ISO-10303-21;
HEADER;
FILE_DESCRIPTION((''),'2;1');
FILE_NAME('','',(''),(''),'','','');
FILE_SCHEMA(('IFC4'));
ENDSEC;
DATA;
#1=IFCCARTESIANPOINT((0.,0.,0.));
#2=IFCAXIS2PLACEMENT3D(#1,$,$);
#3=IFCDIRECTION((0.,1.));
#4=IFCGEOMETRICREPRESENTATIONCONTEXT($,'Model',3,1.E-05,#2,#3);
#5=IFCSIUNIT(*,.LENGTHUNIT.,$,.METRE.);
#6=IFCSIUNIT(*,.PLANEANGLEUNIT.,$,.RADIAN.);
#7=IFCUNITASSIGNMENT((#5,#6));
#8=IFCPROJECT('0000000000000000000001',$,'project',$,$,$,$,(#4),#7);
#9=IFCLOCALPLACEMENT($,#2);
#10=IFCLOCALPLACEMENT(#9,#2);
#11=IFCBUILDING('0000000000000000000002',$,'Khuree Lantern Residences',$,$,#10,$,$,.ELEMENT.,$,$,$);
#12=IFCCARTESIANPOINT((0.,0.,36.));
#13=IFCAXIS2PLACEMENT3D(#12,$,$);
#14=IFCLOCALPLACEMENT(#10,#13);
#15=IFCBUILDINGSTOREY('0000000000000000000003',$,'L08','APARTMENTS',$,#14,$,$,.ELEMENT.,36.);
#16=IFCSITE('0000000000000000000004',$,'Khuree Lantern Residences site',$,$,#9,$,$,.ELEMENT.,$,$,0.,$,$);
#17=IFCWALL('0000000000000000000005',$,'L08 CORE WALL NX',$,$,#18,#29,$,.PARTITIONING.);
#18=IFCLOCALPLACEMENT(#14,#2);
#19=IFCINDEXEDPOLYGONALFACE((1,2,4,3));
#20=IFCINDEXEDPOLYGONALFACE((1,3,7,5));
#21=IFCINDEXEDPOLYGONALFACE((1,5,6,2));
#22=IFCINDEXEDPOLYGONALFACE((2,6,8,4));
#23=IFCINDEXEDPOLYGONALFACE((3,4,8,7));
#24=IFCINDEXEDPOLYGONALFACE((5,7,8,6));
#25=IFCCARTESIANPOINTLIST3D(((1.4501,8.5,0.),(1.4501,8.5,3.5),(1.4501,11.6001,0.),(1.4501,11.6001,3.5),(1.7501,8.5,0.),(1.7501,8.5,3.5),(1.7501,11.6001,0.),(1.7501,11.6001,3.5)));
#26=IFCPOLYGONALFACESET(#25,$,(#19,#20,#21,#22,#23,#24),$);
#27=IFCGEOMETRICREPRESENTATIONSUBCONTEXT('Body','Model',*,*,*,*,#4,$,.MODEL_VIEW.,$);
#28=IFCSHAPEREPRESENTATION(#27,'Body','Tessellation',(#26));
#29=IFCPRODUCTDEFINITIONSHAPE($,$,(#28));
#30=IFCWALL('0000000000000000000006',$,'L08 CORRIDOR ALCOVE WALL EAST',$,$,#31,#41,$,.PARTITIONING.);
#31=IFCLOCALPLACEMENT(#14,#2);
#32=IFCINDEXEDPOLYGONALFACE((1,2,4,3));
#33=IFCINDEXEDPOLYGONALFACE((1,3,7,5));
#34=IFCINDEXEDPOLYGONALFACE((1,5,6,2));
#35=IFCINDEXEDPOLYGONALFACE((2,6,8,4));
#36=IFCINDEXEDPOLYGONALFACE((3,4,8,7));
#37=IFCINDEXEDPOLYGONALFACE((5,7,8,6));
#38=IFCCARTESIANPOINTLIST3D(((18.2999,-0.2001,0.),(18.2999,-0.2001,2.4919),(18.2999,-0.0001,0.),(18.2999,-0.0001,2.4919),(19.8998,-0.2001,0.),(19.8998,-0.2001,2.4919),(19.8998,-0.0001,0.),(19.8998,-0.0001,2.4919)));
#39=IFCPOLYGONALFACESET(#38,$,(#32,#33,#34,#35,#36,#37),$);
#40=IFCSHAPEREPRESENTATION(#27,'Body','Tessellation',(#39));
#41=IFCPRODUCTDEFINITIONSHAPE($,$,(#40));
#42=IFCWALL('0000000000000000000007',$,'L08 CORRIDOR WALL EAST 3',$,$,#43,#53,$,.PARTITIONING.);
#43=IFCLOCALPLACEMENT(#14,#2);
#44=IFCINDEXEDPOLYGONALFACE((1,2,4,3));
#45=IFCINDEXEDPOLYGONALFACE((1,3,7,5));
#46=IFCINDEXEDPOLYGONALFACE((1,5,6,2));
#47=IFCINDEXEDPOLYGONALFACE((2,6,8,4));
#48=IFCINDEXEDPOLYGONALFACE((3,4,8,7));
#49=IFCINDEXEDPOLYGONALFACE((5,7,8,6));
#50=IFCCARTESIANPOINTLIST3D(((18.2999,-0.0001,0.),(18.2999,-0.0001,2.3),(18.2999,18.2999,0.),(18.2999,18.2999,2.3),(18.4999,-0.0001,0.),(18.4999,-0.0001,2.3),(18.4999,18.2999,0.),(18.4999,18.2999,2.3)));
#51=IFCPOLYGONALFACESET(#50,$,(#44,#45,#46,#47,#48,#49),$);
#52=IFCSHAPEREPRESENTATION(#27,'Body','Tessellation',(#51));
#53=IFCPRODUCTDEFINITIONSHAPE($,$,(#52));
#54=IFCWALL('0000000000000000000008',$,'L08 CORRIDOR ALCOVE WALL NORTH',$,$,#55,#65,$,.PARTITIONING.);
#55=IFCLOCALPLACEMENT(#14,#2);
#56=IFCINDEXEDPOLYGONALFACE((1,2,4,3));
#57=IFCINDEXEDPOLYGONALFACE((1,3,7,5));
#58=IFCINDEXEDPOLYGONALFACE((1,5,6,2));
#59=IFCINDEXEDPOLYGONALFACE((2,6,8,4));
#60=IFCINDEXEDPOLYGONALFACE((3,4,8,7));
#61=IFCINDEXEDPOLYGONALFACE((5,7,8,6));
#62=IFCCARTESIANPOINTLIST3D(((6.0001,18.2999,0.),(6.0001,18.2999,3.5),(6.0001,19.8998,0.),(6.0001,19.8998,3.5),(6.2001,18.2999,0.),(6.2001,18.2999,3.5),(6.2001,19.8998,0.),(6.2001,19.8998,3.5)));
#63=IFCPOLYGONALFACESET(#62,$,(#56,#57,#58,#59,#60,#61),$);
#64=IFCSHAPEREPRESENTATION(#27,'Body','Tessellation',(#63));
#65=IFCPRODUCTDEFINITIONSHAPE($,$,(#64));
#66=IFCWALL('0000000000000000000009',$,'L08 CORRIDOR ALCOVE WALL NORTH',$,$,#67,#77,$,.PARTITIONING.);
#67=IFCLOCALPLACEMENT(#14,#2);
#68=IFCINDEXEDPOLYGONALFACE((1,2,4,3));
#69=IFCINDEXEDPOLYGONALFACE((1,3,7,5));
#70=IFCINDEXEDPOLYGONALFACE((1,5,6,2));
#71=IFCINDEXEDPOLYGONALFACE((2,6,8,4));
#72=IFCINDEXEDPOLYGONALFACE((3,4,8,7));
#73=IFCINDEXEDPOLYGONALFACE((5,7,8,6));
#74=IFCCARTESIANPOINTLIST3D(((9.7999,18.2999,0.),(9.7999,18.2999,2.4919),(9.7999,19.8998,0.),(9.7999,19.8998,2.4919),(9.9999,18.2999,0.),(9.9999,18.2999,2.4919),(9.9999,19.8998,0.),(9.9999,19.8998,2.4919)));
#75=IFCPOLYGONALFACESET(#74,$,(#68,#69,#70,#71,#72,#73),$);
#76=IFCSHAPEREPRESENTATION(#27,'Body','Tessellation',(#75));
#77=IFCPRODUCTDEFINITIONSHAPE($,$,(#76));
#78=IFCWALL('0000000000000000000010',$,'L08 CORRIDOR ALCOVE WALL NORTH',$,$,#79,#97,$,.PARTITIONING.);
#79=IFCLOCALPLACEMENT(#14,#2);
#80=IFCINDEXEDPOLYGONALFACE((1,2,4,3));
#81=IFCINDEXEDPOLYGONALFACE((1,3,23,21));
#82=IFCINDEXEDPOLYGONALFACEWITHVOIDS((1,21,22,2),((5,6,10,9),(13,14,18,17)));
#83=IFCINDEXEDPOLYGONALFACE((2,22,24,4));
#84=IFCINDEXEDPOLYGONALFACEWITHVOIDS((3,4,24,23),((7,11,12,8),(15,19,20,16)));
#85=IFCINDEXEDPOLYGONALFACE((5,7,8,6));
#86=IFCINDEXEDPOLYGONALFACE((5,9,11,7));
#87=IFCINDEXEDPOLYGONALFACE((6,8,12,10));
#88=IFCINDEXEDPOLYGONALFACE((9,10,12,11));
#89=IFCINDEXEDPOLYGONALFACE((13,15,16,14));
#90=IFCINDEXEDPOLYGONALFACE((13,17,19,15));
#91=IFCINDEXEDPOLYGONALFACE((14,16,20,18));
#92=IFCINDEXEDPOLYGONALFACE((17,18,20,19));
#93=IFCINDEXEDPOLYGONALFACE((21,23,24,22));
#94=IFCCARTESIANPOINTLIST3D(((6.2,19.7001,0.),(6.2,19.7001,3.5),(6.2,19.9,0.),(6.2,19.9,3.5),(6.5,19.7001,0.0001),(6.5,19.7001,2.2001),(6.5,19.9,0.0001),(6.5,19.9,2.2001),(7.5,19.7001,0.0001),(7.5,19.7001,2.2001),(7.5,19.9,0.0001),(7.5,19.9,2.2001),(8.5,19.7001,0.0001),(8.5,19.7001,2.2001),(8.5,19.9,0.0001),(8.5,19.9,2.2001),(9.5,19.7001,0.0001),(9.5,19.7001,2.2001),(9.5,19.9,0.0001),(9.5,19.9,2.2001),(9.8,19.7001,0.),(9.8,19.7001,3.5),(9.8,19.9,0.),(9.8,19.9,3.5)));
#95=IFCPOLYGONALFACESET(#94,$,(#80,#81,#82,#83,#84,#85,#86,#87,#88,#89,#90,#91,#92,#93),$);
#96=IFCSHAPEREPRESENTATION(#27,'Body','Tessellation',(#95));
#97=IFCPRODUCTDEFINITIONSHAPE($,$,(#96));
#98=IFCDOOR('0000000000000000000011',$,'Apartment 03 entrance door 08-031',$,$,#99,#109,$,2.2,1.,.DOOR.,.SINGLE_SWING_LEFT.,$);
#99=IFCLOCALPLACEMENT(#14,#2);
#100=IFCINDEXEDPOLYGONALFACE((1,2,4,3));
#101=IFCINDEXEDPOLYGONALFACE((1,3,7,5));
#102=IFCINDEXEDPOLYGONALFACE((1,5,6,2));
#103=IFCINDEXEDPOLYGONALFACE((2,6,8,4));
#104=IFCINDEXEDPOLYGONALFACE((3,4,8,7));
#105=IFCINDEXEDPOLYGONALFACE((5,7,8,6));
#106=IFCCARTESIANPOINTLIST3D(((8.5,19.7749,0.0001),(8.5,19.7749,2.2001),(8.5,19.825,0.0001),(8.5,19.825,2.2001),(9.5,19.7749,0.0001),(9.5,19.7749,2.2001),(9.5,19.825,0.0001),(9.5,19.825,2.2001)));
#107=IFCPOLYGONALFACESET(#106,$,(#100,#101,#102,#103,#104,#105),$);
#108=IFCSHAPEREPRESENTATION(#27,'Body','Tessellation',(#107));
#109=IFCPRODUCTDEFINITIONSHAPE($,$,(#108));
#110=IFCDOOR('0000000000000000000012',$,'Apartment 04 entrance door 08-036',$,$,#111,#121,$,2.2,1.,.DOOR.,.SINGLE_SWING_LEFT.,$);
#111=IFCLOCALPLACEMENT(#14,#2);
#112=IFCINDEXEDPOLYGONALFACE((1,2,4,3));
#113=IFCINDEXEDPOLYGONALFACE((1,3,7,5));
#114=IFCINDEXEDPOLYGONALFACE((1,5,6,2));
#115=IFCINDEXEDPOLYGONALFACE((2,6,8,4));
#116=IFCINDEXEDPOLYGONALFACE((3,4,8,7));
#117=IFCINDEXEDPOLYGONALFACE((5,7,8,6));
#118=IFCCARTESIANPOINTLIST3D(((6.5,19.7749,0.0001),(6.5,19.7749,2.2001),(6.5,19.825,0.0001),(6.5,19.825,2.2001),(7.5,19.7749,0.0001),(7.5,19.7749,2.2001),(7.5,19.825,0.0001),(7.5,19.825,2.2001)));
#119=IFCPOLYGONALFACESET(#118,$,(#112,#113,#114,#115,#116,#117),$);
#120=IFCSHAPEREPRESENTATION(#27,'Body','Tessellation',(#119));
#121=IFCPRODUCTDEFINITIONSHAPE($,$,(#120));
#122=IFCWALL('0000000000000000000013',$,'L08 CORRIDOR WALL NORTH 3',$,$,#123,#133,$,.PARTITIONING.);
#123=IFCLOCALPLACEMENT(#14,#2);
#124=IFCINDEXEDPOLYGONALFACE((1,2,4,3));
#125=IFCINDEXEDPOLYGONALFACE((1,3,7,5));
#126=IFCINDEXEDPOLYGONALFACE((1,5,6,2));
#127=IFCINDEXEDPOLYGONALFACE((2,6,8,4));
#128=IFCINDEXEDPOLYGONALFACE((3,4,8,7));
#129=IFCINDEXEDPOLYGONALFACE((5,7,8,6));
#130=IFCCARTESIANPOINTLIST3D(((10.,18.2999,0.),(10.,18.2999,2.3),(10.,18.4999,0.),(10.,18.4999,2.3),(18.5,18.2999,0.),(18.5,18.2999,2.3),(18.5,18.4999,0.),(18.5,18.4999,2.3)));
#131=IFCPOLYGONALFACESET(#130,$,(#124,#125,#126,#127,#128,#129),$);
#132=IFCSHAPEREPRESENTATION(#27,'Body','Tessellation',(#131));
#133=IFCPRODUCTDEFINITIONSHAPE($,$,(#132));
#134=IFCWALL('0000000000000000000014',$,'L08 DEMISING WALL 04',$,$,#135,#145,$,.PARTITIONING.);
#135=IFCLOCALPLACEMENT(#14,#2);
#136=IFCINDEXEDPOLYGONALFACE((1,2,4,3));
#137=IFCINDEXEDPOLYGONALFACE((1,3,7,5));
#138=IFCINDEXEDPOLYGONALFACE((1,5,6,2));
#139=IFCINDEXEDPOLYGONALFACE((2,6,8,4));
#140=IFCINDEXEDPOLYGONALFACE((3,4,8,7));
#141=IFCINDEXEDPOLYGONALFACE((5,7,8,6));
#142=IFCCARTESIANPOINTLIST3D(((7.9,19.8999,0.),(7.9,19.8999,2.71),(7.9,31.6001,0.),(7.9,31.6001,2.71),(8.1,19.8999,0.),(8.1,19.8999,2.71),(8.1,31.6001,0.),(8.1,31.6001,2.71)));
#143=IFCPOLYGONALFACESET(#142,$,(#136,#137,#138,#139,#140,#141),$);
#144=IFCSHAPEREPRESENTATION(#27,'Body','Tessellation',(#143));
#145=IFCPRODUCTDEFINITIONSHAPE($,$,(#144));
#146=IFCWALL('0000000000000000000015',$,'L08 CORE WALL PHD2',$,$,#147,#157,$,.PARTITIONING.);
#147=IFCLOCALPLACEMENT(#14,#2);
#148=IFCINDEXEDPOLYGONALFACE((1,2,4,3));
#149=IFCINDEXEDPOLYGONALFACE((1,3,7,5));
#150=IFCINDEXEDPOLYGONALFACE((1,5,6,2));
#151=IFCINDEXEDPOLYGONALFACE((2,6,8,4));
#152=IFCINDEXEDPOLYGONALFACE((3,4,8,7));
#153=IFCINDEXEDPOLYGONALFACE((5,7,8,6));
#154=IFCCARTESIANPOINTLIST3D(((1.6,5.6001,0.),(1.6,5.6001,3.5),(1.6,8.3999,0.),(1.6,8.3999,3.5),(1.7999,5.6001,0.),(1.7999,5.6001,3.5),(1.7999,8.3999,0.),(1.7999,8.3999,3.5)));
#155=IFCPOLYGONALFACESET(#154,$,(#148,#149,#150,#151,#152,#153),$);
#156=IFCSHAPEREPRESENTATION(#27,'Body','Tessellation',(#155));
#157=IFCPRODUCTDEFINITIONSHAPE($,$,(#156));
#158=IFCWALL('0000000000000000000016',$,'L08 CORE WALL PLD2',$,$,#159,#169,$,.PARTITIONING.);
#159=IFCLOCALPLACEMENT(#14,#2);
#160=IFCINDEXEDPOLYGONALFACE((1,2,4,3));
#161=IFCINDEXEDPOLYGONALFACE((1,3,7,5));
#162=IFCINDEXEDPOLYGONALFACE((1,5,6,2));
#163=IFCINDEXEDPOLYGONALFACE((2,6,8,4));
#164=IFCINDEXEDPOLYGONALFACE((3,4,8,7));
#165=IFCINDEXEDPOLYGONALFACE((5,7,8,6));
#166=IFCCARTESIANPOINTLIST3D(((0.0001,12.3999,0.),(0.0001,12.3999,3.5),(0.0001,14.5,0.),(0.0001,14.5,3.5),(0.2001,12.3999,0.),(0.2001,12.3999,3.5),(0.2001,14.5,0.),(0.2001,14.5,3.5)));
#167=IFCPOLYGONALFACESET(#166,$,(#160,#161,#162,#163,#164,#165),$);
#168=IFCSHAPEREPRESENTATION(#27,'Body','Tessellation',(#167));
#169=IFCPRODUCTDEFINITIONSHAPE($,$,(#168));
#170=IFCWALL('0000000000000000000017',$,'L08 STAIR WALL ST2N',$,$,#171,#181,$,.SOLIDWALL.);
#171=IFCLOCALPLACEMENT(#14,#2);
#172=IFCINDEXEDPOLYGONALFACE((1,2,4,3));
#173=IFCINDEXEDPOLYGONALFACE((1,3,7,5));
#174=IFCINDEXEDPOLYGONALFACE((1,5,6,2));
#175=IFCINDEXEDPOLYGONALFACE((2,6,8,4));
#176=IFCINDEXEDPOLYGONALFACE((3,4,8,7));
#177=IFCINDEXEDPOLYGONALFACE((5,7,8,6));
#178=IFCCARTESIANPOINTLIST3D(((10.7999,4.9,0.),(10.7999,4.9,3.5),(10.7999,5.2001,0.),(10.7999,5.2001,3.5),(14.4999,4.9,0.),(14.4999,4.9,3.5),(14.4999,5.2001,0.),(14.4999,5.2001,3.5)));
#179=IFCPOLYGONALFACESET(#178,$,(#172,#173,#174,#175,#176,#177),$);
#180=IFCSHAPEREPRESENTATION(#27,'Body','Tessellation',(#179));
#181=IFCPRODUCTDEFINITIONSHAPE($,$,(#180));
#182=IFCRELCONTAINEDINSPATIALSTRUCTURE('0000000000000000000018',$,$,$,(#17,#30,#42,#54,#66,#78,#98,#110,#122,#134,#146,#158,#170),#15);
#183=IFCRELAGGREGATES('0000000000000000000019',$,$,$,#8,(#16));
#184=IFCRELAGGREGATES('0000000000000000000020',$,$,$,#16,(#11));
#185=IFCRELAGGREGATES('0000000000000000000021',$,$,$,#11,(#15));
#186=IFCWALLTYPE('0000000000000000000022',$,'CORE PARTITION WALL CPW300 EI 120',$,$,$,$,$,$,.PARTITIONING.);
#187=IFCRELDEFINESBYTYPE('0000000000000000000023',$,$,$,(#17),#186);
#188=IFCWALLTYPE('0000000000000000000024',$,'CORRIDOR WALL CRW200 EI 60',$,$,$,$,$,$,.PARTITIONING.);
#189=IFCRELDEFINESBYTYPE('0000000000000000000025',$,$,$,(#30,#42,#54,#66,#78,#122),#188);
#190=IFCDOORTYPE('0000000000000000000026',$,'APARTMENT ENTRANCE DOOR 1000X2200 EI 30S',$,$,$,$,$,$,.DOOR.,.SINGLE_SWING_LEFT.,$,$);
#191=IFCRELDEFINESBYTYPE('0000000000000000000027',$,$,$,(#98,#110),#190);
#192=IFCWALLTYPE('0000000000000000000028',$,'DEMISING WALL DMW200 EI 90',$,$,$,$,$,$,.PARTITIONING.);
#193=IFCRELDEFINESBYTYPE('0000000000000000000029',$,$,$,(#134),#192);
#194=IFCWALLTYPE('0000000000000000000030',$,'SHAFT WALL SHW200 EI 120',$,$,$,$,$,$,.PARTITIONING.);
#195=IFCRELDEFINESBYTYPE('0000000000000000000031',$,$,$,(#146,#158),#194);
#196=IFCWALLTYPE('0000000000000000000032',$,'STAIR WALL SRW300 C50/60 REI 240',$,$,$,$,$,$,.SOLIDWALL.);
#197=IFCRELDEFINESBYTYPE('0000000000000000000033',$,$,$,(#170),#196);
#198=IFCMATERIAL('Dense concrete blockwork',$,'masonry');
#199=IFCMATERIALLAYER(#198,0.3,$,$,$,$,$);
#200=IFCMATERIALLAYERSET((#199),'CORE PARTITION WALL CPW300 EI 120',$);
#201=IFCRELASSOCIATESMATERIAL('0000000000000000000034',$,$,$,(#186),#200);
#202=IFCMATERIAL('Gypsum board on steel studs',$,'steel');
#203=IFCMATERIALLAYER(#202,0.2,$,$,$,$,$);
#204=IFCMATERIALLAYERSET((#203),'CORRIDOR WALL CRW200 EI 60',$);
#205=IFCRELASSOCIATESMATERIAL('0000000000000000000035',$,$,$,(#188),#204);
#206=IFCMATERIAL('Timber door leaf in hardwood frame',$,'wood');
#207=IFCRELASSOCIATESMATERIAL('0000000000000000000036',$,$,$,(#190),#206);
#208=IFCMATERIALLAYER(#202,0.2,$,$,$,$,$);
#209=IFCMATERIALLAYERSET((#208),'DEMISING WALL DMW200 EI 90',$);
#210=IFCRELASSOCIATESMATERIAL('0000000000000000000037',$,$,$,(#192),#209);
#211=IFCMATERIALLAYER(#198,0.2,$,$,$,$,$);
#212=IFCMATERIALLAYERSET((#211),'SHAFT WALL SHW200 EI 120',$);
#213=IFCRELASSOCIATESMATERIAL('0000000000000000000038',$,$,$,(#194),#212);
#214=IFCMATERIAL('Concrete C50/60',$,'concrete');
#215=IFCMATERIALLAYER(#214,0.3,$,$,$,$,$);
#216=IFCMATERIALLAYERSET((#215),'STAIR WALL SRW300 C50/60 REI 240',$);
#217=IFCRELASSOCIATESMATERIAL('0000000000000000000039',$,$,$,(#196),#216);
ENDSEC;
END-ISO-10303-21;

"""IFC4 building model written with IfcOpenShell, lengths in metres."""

from ifc_helpers import new_model, si_unit, direction, frame, frame_2d, origin, place, context, subcontext, project, spatial, rectangle, extrude, material, layer, layer_set, type_object, element, fill, save


model = new_model("IFC4")

# Units and contexts
model_context = context("Model", 3, precision=1e-05, world=origin(), true_north=direction((0.0, 1.0)))
body_context = subcontext(model_context, "Body", "Model", "MODEL_VIEW")
ifc_project = project(units=[si_unit("LENGTHUNIT", "METRE"), si_unit("PLANEANGLEUNIT", "RADIAN")], contexts=[model_context])

# Site, building, storey
site_placement = place(None, origin())
site = spatial("IfcSite", under=ifc_project, at=site_placement, Name="Khuree Lantern Residences site", CompositionType="ELEMENT", RefElevation=0.0)
building_placement = place(site_placement, origin())
building = spatial("IfcBuilding", under=site, at=building_placement, Name="Khuree Lantern Residences", CompositionType="ELEMENT")
storey_placement = place(building_placement, frame((0.0, 0.0, 36.0)))
storey = spatial("IfcBuildingStorey", under=building, at=storey_placement, Name="L08", Description="APARTMENTS", CompositionType="ELEMENT", Elevation=36.0)

# Shared definitions
ifc_material_1 = material(Name="Dense concrete blockwork", Category="masonry")
ifc_layer_1 = layer(ifc_material_1, 0.3)
ifc_layer_set_1 = layer_set([ifc_layer_1], Name="CORE PARTITION WALL CPW300 EI 120")
wall_type_1 = type_object("IfcWallType", Name="CORE PARTITION WALL CPW300 EI 120", PredefinedType="PARTITIONING", material=ifc_layer_set_1)

# Shared definitions
ifc_material_2 = material(Name="Timber door leaf in hardwood frame", Category="wood")

# Walls
wall_1_placement = place(storey_placement, frame((1.6001, 8.5, 0.0), z_axis=(0.0, 0.0, 1.0), x_axis=(0.0, 1.0, 0.0)))
element("IfcWall", 1, at=wall_1_placement, inside=storey, type_object=wall_type_1, Name="L08 CORE WALL NX", PredefinedType="PARTITIONING", context=body_context, shape_type="SweptSolid", body=[
    extrude(rectangle(XDim=3.1001, YDim=0.3, at=frame_2d((1.55, 0.0))), origin(), (0.0, 0.0, 1.0), 3.5),
])
ifc_material_3 = material(Name="Gypsum board on steel studs", Category="steel")
ifc_layer_2 = layer(ifc_material_3, 0.2)
ifc_layer_set_2 = layer_set([ifc_layer_2], Name="CORRIDOR WALL CRW200 EI 60")
wall_type_2 = type_object("IfcWallType", Name="CORRIDOR WALL CRW200 EI 60", PredefinedType="PARTITIONING", material=ifc_layer_set_2)
wall_2_placement = place(storey_placement, frame((18.3, -0.1001, 0.0), z_axis=(0.0, 0.0, 1.0), x_axis=(1.0, 0.0, 0.0)))
element("IfcWall", 2, at=wall_2_placement, inside=storey, type_object=wall_type_2, Name="L08 CORRIDOR ALCOVE WALL EAST", PredefinedType="PARTITIONING", context=body_context, shape_type="SweptSolid", body=[
    extrude(rectangle(XDim=1.5999, YDim=0.2, at=frame_2d((0.7998, 0.0))), origin(), (0.0, 0.0, 1.0), 2.4919),
])
wall_3_placement = place(storey_placement, frame((18.3999, 0.0, 0.0), z_axis=(0.0, 0.0, 1.0), x_axis=(0.0, 1.0, 0.0)))
element("IfcWall", 3, at=wall_3_placement, inside=storey, type_object=wall_type_2, Name="L08 CORRIDOR WALL EAST 3", PredefinedType="PARTITIONING", context=body_context, shape_type="SweptSolid", body=[
    extrude(rectangle(XDim=18.3, YDim=0.2, at=frame_2d((9.1499, 0.0))), origin(), (0.0, 0.0, 1.0), 2.3),
])
wall_4_placement = place(storey_placement, frame((6.1001, 18.3, 0.0), z_axis=(0.0, 0.0, 1.0), x_axis=(0.0, 1.0, 0.0)))
element("IfcWall", 4, at=wall_4_placement, inside=storey, type_object=wall_type_2, Name="L08 CORRIDOR ALCOVE WALL NORTH", PredefinedType="PARTITIONING", context=body_context, shape_type="SweptSolid", body=[
    extrude(rectangle(XDim=1.5999, YDim=0.2, at=frame_2d((0.7998, 0.0))), origin(), (0.0, 0.0, 1.0), 3.5),
])
wall_5_placement = place(storey_placement, frame((9.8999, 18.3, 0.0), z_axis=(0.0, 0.0, 1.0), x_axis=(0.0, 1.0, 0.0)))
element("IfcWall", 5, at=wall_5_placement, inside=storey, type_object=wall_type_2, Name="L08 CORRIDOR ALCOVE WALL NORTH", PredefinedType="PARTITIONING", context=body_context, shape_type="SweptSolid", body=[
    extrude(rectangle(XDim=1.5999, YDim=0.2, at=frame_2d((0.7998, 0.0))), origin(), (0.0, 0.0, 1.0), 2.4919),
])

# Wall, openings, doors
wall_6_placement = place(storey_placement, frame((6.2, 19.8, 0.0), z_axis=(0.0, 0.0, 1.0), x_axis=(1.0, 0.0, 0.0)))
wall_6 = element("IfcWall", 6, at=wall_6_placement, inside=storey, type_object=wall_type_2, Name="L08 CORRIDOR ALCOVE WALL NORTH", PredefinedType="PARTITIONING", context=body_context, shape_type="SweptSolid", body=[
    extrude(rectangle(XDim=3.6001, YDim=0.2, at=frame_2d((1.8, 0.0))), origin(), (0.0, 0.0, 1.0), 3.5),
])
opening_1_placement = place(wall_6_placement, frame((2.3, 0.0, 0.0)))
opening_1 = element("IfcOpeningElement", 7, at=opening_1_placement, cuts=wall_6, PredefinedType="OPENING", context=body_context, shape_type="SweptSolid", body=[
    extrude(rectangle(XDim=1.0, YDim=2.2, at=frame_2d((0.5, 1.1001))), frame((0.0, 0.1099, 0.0), z_axis=(0.0, -1.0, 0.0), x_axis=(1.0, 0.0, 0.0)), (0.0, 0.0, 1.0), 0.22),
])
opening_2_placement = place(wall_6_placement, frame((0.3, 0.0, 0.0)))
opening_2 = element("IfcOpeningElement", 8, at=opening_2_placement, cuts=wall_6, PredefinedType="OPENING", context=body_context, shape_type="SweptSolid", body=[
    extrude(rectangle(XDim=1.0, YDim=2.2, at=frame_2d((0.5, 1.1001))), frame((0.0, 0.1099, 0.0), z_axis=(0.0, -1.0, 0.0), x_axis=(1.0, 0.0, 0.0)), (0.0, 0.0, 1.0), 0.22),
])
door_type_1 = type_object("IfcDoorType", Name="APARTMENT ENTRANCE DOOR 1000X2200 EI 30S", OperationType="SINGLE_SWING_LEFT", PredefinedType="DOOR", material=ifc_material_2)
door_1_placement = place(opening_1_placement, origin())
door_1 = element("IfcDoor", 9, at=door_1_placement, inside=storey, type_object=door_type_1, Name="Apartment 03 entrance door 08-031", OperationType="SINGLE_SWING_LEFT", OverallHeight=2.2, OverallWidth=1.0, PredefinedType="DOOR", context=body_context, shape_type="SweptSolid", body=[
    extrude(rectangle(XDim=1.0, YDim=2.2, at=frame_2d((0.5, 1.1001))), frame((0.0, 0.0249, 0.0), z_axis=(0.0, -1.0, 0.0), x_axis=(1.0, 0.0, 0.0)), (0.0, 0.0, 1.0), 0.05),
])
fill(opening_1, door_1)
door_2_placement = place(opening_2_placement, origin())
door_2 = element("IfcDoor", 10, at=door_2_placement, inside=storey, type_object=door_type_1, Name="Apartment 04 entrance door 08-036", OperationType="SINGLE_SWING_LEFT", OverallHeight=2.2, OverallWidth=1.0, PredefinedType="DOOR", context=body_context, shape_type="SweptSolid", body=[
    extrude(rectangle(XDim=1.0, YDim=2.2, at=frame_2d((0.5, 1.1001))), frame((0.0, 0.0249, 0.0), z_axis=(0.0, -1.0, 0.0), x_axis=(1.0, 0.0, 0.0)), (0.0, 0.0, 1.0), 0.05),
])
fill(opening_2, door_2)

# Walls
wall_7_placement = place(storey_placement, frame((10.0, 18.3999, 0.0), z_axis=(0.0, 0.0, 1.0), x_axis=(1.0, 0.0, 0.0)))
element("IfcWall", 11, at=wall_7_placement, inside=storey, type_object=wall_type_2, Name="L08 CORRIDOR WALL NORTH 3", PredefinedType="PARTITIONING", context=body_context, shape_type="SweptSolid", body=[
    extrude(rectangle(XDim=8.5, YDim=0.2, at=frame_2d((4.25, 0.0))), origin(), (0.0, 0.0, 1.0), 2.3),
])
ifc_layer_3 = layer(ifc_material_3, 0.2)
ifc_layer_set_3 = layer_set([ifc_layer_3], Name="DEMISING WALL DMW200 EI 90")
wall_type_3 = type_object("IfcWallType", Name="DEMISING WALL DMW200 EI 90", PredefinedType="PARTITIONING", material=ifc_layer_set_3)
wall_8_placement = place(storey_placement, frame((8.0, 19.8999, 0.0), z_axis=(0.0, 0.0, 1.0), x_axis=(0.0, 1.0, 0.0)))
element("IfcWall", 12, at=wall_8_placement, inside=storey, type_object=wall_type_3, Name="L08 DEMISING WALL 04", PredefinedType="PARTITIONING", context=body_context, shape_type="SweptSolid", body=[
    extrude(rectangle(XDim=11.7002, YDim=0.2, at=frame_2d((5.8501, 0.0))), origin(), (0.0, 0.0, 1.0), 2.71),
])
ifc_layer_4 = layer(ifc_material_1, 0.2)
ifc_layer_set_4 = layer_set([ifc_layer_4], Name="SHAFT WALL SHW200 EI 120")
wall_type_4 = type_object("IfcWallType", Name="SHAFT WALL SHW200 EI 120", PredefinedType="PARTITIONING", material=ifc_layer_set_4)
wall_9_placement = place(storey_placement, frame((1.7, 5.6001, 0.0), z_axis=(0.0, 0.0, 1.0), x_axis=(0.0, 1.0, 0.0)))
element("IfcWall", 13, at=wall_9_placement, inside=storey, type_object=wall_type_4, Name="L08 CORE WALL PHD2", PredefinedType="PARTITIONING", context=body_context, shape_type="SweptSolid", body=[
    extrude(rectangle(XDim=2.7998, YDim=0.2, at=frame_2d((1.3999, 0.0))), origin(), (0.0, 0.0, 1.0), 3.5),
])
wall_10_placement = place(storey_placement, frame((0.1001, 12.3999, 0.0), z_axis=(0.0, 0.0, 1.0), x_axis=(0.0, 1.0, 0.0)))
element("IfcWall", 14, at=wall_10_placement, inside=storey, type_object=wall_type_4, Name="L08 CORE WALL PLD2", PredefinedType="PARTITIONING", context=body_context, shape_type="SweptSolid", body=[
    extrude(rectangle(XDim=2.1001, YDim=0.2, at=frame_2d((1.05, 0.0))), origin(), (0.0, 0.0, 1.0), 3.5),
])
ifc_material_4 = material(Name="Concrete C50/60", Category="concrete")
ifc_layer_5 = layer(ifc_material_4, 0.3)
ifc_layer_set_5 = layer_set([ifc_layer_5], Name="STAIR WALL SRW300 C50/60 REI 240")
wall_type_5 = type_object("IfcWallType", Name="STAIR WALL SRW300 C50/60 REI 240", PredefinedType="SOLIDWALL", material=ifc_layer_set_5)
wall_11_placement = place(storey_placement, frame((14.5, 5.05, 0.0), z_axis=(0.0, 0.0, 1.0), x_axis=(-1.0, 0.0, 0.0)))
element("IfcWall", 15, at=wall_11_placement, inside=storey, type_object=wall_type_5, Name="L08 STAIR WALL ST2N", PredefinedType="SOLIDWALL", context=body_context, shape_type="SweptSolid", body=[
    extrude(rectangle(XDim=3.7, YDim=0.3, at=frame_2d((1.8501, 0.0))), origin(), (0.0, 0.0, 1.0), 3.5),
])

save(model, "model.ifc")
